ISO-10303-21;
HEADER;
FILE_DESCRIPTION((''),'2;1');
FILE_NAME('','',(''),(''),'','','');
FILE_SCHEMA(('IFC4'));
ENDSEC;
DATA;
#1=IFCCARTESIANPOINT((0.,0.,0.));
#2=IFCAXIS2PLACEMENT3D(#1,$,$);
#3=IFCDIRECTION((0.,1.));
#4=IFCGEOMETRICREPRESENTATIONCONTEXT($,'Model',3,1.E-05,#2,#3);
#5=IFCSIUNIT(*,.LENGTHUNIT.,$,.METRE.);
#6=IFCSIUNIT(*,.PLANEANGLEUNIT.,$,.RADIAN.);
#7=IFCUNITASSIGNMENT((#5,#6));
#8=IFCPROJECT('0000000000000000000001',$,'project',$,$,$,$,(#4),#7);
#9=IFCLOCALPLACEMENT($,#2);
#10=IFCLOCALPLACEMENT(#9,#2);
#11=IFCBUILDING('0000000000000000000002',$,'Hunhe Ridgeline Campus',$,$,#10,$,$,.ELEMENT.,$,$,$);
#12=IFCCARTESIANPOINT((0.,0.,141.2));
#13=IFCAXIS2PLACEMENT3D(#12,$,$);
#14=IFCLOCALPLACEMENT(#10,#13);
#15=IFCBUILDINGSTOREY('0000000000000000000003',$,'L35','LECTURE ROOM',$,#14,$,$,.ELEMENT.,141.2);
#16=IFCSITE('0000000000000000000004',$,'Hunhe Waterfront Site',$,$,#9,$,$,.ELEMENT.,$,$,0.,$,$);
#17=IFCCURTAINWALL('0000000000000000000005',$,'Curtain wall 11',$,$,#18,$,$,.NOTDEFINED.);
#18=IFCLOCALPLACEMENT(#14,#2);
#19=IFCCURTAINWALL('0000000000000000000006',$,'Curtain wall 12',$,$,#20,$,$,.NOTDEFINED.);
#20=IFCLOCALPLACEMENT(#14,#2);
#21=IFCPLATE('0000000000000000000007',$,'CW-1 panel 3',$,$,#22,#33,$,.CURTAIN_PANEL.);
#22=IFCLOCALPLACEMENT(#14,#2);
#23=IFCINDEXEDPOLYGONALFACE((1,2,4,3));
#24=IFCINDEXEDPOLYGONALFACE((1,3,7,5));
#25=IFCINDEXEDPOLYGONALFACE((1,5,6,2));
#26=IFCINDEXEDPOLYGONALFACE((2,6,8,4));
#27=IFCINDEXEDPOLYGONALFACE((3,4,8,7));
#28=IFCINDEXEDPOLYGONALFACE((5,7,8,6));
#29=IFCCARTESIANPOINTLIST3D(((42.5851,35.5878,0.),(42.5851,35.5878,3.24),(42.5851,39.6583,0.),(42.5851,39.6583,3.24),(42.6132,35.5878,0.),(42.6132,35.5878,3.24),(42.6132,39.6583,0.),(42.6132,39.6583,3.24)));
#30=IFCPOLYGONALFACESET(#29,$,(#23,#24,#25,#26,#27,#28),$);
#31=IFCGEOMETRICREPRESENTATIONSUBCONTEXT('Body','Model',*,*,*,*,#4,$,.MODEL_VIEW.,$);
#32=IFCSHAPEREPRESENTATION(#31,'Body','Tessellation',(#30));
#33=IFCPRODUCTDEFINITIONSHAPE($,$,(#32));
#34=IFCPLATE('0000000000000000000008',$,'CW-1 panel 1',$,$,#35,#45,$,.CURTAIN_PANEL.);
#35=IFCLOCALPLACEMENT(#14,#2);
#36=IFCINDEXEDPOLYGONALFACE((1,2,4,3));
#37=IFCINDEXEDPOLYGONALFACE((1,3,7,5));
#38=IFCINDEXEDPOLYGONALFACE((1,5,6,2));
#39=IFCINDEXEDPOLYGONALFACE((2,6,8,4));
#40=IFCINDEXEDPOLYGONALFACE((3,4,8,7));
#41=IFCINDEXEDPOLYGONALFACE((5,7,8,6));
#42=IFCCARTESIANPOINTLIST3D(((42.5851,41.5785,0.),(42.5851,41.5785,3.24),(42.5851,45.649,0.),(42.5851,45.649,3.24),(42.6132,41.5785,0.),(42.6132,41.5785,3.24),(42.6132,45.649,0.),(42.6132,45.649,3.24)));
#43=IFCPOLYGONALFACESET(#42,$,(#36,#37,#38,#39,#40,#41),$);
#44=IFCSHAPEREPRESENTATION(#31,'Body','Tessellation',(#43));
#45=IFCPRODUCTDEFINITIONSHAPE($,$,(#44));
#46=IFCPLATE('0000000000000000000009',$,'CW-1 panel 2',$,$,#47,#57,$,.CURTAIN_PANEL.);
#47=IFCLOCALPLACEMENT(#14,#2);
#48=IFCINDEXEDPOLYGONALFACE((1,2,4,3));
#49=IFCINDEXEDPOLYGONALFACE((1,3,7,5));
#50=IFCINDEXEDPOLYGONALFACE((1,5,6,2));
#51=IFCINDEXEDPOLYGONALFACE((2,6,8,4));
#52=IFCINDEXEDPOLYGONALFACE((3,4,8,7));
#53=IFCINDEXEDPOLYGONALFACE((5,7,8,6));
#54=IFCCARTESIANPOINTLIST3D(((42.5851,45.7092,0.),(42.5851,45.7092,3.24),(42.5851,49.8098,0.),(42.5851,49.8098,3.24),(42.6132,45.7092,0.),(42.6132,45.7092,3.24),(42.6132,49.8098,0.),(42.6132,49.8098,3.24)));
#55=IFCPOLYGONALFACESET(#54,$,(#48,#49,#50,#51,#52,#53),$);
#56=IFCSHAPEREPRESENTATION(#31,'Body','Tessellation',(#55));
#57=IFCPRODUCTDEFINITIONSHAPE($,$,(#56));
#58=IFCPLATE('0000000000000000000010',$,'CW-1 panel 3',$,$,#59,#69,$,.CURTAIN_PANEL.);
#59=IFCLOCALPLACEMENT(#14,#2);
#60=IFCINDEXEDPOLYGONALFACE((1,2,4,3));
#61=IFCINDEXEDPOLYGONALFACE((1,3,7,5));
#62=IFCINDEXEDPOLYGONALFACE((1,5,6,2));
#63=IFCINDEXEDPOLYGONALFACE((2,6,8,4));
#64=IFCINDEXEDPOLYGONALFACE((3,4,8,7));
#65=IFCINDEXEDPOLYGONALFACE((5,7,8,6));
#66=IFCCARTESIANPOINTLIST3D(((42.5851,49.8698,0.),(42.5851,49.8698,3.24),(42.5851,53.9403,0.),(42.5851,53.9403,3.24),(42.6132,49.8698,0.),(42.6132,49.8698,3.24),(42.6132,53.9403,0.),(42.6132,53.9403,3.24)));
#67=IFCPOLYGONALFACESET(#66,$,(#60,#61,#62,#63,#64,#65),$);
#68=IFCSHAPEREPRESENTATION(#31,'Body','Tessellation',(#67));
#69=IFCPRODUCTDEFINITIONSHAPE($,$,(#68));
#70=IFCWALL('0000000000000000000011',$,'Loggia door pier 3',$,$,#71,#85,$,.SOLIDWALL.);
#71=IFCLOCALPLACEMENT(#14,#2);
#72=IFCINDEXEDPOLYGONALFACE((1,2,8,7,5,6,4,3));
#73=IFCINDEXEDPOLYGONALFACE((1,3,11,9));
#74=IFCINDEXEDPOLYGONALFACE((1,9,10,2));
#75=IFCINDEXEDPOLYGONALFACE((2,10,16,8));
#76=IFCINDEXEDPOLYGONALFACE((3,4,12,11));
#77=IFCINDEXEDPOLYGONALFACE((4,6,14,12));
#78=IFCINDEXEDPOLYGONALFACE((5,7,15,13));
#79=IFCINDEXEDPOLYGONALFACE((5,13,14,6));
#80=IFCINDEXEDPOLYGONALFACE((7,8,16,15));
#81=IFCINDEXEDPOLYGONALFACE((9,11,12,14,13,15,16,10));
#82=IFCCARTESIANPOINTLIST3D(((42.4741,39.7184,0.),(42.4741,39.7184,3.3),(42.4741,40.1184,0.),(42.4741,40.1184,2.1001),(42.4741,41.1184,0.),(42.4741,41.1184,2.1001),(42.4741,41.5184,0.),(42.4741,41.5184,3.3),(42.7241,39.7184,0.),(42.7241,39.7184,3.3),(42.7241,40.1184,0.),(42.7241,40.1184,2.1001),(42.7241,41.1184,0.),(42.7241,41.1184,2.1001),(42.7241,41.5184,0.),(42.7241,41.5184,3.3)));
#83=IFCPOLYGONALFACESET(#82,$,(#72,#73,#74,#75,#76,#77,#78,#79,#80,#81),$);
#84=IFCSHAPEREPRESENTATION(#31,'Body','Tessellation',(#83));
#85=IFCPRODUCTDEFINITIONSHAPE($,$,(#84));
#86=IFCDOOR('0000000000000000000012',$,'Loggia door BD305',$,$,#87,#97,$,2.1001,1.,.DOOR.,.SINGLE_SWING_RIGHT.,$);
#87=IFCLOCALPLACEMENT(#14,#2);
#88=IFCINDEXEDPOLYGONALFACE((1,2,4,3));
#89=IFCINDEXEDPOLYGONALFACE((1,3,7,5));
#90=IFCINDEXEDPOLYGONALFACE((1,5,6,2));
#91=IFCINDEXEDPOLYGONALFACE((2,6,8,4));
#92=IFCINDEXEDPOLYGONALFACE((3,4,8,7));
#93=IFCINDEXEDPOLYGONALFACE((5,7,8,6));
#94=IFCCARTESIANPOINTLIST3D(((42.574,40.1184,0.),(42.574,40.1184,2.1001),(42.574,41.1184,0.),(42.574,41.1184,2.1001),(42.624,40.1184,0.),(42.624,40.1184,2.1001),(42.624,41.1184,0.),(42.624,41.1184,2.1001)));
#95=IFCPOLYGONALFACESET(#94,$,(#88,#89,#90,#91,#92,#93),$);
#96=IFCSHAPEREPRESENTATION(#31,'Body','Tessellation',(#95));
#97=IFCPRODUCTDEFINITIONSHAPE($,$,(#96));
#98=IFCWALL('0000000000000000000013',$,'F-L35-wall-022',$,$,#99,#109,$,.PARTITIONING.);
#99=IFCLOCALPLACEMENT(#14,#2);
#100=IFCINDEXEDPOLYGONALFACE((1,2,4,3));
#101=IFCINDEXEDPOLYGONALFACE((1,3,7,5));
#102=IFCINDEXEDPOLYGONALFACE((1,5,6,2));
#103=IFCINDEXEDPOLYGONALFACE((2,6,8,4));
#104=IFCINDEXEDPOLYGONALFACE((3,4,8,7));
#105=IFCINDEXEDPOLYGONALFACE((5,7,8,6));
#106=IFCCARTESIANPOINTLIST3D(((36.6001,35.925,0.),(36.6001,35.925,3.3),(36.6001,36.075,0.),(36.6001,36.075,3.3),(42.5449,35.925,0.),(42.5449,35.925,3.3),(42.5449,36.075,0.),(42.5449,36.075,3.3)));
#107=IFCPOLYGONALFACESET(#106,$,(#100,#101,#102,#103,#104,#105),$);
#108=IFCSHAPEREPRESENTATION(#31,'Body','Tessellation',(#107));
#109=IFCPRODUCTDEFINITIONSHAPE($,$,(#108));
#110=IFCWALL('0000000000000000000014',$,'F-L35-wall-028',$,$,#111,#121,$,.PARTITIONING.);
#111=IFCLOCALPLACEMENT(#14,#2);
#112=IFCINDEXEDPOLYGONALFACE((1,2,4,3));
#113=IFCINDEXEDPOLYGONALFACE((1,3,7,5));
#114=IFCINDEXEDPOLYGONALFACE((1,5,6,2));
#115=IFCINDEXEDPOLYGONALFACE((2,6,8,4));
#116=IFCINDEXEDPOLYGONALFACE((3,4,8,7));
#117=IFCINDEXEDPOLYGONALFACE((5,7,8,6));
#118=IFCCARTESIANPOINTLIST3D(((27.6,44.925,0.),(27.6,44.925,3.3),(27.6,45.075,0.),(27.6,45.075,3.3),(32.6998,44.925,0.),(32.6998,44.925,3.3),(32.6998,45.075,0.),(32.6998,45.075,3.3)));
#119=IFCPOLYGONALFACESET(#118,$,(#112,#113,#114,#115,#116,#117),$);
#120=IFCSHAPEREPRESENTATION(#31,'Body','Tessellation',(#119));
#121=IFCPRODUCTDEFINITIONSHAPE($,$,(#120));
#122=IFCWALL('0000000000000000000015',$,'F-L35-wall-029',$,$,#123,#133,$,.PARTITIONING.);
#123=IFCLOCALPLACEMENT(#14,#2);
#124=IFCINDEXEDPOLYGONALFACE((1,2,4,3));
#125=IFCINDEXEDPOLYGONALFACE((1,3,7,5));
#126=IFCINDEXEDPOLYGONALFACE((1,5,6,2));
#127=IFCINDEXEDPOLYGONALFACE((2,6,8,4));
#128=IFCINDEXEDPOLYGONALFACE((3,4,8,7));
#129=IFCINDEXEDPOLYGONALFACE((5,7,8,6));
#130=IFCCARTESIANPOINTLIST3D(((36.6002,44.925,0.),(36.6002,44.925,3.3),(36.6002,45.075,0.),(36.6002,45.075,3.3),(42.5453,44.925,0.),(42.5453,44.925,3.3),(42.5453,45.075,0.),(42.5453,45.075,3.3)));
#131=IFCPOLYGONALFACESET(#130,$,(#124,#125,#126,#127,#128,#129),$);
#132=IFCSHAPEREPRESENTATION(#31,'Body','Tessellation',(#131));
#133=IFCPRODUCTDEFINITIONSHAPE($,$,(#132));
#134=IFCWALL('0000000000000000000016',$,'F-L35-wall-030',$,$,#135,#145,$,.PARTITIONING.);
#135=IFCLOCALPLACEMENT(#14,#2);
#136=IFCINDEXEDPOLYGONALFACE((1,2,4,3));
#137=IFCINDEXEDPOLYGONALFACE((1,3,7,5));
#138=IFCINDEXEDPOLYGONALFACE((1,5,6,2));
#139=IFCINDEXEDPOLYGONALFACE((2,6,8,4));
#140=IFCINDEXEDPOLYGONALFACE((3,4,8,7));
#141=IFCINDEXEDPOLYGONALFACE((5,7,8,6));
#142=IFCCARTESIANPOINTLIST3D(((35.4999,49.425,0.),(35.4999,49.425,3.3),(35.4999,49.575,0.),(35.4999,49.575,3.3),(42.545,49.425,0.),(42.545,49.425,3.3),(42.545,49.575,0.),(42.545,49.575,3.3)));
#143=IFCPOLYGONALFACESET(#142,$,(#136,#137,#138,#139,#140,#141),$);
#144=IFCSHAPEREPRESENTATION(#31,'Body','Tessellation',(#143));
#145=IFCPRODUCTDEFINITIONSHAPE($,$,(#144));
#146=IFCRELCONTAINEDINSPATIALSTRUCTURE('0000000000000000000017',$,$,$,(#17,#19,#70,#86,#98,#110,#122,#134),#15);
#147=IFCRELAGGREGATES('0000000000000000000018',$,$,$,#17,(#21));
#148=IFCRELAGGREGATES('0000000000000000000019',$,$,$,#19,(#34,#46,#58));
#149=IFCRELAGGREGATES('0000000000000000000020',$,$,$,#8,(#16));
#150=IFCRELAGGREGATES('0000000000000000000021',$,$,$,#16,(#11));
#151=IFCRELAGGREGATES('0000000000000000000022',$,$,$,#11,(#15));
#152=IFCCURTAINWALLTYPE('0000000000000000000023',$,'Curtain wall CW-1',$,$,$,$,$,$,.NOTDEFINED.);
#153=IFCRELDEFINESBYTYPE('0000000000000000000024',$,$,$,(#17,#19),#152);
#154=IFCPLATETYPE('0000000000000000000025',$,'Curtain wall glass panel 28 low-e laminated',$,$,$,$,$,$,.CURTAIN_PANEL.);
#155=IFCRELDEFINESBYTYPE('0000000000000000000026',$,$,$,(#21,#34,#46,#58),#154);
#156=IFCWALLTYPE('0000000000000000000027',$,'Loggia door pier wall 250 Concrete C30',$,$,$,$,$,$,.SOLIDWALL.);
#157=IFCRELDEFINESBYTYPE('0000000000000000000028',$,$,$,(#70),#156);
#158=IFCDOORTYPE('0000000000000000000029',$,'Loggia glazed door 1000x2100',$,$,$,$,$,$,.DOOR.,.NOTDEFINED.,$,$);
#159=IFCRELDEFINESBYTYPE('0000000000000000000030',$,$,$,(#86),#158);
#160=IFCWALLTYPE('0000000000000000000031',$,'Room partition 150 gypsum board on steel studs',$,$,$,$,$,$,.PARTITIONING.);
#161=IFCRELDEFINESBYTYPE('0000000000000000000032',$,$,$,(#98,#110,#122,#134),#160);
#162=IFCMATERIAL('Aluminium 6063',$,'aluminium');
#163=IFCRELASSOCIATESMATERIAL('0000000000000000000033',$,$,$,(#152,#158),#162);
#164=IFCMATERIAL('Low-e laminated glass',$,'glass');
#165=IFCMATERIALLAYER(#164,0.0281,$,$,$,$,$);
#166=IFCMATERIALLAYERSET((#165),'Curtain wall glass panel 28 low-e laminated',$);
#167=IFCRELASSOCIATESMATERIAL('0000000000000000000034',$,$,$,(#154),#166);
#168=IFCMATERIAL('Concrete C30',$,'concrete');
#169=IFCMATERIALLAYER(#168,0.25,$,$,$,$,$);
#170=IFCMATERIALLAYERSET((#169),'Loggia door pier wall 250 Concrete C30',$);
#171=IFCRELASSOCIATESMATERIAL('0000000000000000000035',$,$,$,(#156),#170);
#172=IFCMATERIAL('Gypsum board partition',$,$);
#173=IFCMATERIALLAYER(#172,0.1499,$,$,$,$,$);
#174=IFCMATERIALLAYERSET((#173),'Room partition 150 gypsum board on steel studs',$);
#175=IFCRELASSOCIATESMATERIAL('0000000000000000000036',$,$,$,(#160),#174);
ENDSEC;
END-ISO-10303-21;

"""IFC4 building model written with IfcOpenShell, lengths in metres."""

from ifc_helpers import new_model, si_unit, direction, frame, frame_2d, origin, origin_2d, place, context, subcontext, project, spatial, rectangle, extrude, material, layer, layer_set, type_object, element, fill, aggregate, save


model = new_model("IFC4")

# Units and contexts
model_context = context("Model", 3, precision=1e-05, world=origin(), true_north=direction((0.0, 1.0)))
body_context = subcontext(model_context, "Body", "Model", "MODEL_VIEW")
ifc_project = project(units=[si_unit("LENGTHUNIT", "METRE"), si_unit("PLANEANGLEUNIT", "RADIAN")], contexts=[model_context])

# Site, building, storey
site_placement = place(None, origin())
site = spatial("IfcSite", under=ifc_project, at=site_placement, Name="Hunhe Waterfront Site", CompositionType="ELEMENT", RefElevation=0.0)
building_placement = place(site_placement, origin())
building = spatial("IfcBuilding", under=site, at=building_placement, Name="Hunhe Ridgeline Campus", CompositionType="ELEMENT")
storey_placement = place(building_placement, frame((0.0, 0.0, 141.2)))
storey = spatial("IfcBuildingStorey", under=building, at=storey_placement, Name="L35", Description="LECTURE ROOM", CompositionType="ELEMENT", Elevation=141.2)

# Curtain wall
ifc_material_1 = material(Name="Aluminium 6063", Category="aluminium")
curtain_wall_type = type_object("IfcCurtainWallType", Name="Curtain wall CW-1", PredefinedType="NOTDEFINED", material=ifc_material_1)
curtain_wall_1_placement = place(storey_placement, origin())
curtain_wall_1 = element("IfcCurtainWall", 1, at=curtain_wall_1_placement, inside=storey, type_object=curtain_wall_type, Name="Curtain wall 11", PredefinedType="NOTDEFINED")

# Curtain wall
curtain_wall_2_placement = place(storey_placement, origin())
curtain_wall_2 = element("IfcCurtainWall", 2, at=curtain_wall_2_placement, inside=storey, type_object=curtain_wall_type, Name="Curtain wall 12", PredefinedType="NOTDEFINED")

# Plates
ifc_material_2 = material(Name="Low-e laminated glass", Category="glass")
ifc_layer_1 = layer(ifc_material_2, 0.0281)
ifc_layer_set_1 = layer_set([ifc_layer_1], Name="Curtain wall glass panel 28 low-e laminated")
plate_type = type_object("IfcPlateType", Name="Curtain wall glass panel 28 low-e laminated", PredefinedType="CURTAIN_PANEL", material=ifc_layer_set_1)
plate_1_placement = place(storey_placement, frame((42.5991, 37.623, 0.0), z_axis=(0.0, 0.0, 1.0), x_axis=(0.000004, 1.0, 0.0)))
plate_1 = element("IfcPlate", 3, at=plate_1_placement, type_object=plate_type, Name="CW-1 panel 3", PredefinedType="CURTAIN_PANEL", context=body_context, shape_type="SweptSolid", body=[
    extrude(rectangle(XDim=4.0706, YDim=0.0281, at=origin_2d()), origin(), (0.0, 0.0, 1.0), 3.24),
])
aggregate(curtain_wall_1, [plate_1])
plate_2_placement = place(storey_placement, frame((42.5991, 43.6138, 0.0), z_axis=(0.0, 0.0, 1.0), x_axis=(0.000004, 1.0, 0.0)))
plate_2 = element("IfcPlate", 4, at=plate_2_placement, type_object=plate_type, Name="CW-1 panel 1", PredefinedType="CURTAIN_PANEL", context=body_context, shape_type="SweptSolid", body=[
    extrude(rectangle(XDim=4.0706, YDim=0.0281, at=origin_2d()), origin(), (0.0, 0.0, 1.0), 3.24),
])
plate_3_placement = place(storey_placement, frame((42.5991, 47.7595, 0.0), z_axis=(0.0, 0.0, 1.0), x_axis=(0.000004, 1.0, 0.0)))
plate_3 = element("IfcPlate", 5, at=plate_3_placement, type_object=plate_type, Name="CW-1 panel 2", PredefinedType="CURTAIN_PANEL", context=body_context, shape_type="SweptSolid", body=[
    extrude(rectangle(XDim=4.1006, YDim=0.0281, at=origin_2d()), origin(), (0.0, 0.0, 1.0), 3.24),
])
plate_4_placement = place(storey_placement, frame((42.5991, 51.905, 0.0), z_axis=(0.0, 0.0, 1.0), x_axis=(0.000004, 1.0, 0.0)))
plate_4 = element("IfcPlate", 6, at=plate_4_placement, type_object=plate_type, Name="CW-1 panel 3", PredefinedType="CURTAIN_PANEL", context=body_context, shape_type="SweptSolid", body=[
    extrude(rectangle(XDim=4.0706, YDim=0.0281, at=origin_2d()), origin(), (0.0, 0.0, 1.0), 3.24),
])
aggregate(curtain_wall_2, [plate_2, plate_3, plate_4])

# Shared definitions
ifc_material_3 = material(Name="Gypsum board partition")

# Wall, opening, door
ifc_material_4 = material(Name="Concrete C30", Category="concrete")
ifc_layer_2 = layer(ifc_material_4, 0.25)
ifc_layer_set_2 = layer_set([ifc_layer_2], Name="Loggia door pier wall 250 Concrete C30")
wall_type_1 = type_object("IfcWallType", Name="Loggia door pier wall 250 Concrete C30", PredefinedType="SOLIDWALL", material=ifc_layer_set_2)
wall_1_placement = place(storey_placement, frame((42.5991, 39.7185, 0.0), z_axis=(0.0, 0.0, 1.0), x_axis=(0.0, 1.0, 0.0)))
wall_1 = element("IfcWall", 7, at=wall_1_placement, inside=storey, type_object=wall_type_1, Name="Loggia door pier 3", PredefinedType="SOLIDWALL", context=body_context, shape_type="SweptSolid", body=[
    extrude(rectangle(XDim=1.8, YDim=0.25, at=frame_2d((0.8999, 0.0))), origin(), (0.0, 0.0, 1.0), 3.3),
])
opening_1_placement = place(wall_1_placement, frame((0.3999, 0.0, 0.0)))
opening_1 = element("IfcOpeningElement", 8, at=opening_1_placement, cuts=wall_1, PredefinedType="OPENING", context=body_context, shape_type="SweptSolid", body=[
    extrude(rectangle(XDim=1.0, YDim=2.1001, at=frame_2d((0.5, 1.05))), frame((0.0, 0.125, 0.0), z_axis=(0.0, -1.0, 0.0), x_axis=(1.0, 0.0, 0.0)), (0.0, 0.0, 1.0), 0.25),
])
door_type_1 = type_object("IfcDoorType", Name="Loggia glazed door 1000x2100", OperationType="NOTDEFINED", PredefinedType="DOOR", material=ifc_material_1)
door_1_placement = place(opening_1_placement, frame((1.0, 0.0, 0.0), z_axis=(0.0, 0.0, 1.0), x_axis=(-1.0, 0.0, 0.0)))
door_1 = element("IfcDoor", 9, at=door_1_placement, inside=storey, type_object=door_type_1, Name="Loggia door BD305", OperationType="SINGLE_SWING_RIGHT", OverallHeight=2.1001, OverallWidth=1.0, PredefinedType="DOOR", context=body_context, shape_type="SweptSolid", body=[
    extrude(rectangle(XDim=1.0, YDim=2.1001, at=frame_2d((0.5, 1.05))), frame((0.0, 0.0249, 0.0), z_axis=(0.0, -1.0, 0.0), x_axis=(1.0, 0.0, 0.0)), (0.0, 0.0, 1.0), 0.05),
])
fill(opening_1, door_1)

# Walls
ifc_layer_3 = layer(ifc_material_3, 0.1499)
ifc_layer_set_3 = layer_set([ifc_layer_3], Name="Room partition 150 gypsum board on steel studs")
wall_type_2 = type_object("IfcWallType", Name="Room partition 150 gypsum board on steel studs", PredefinedType="PARTITIONING", material=ifc_layer_set_3)
wall_2_placement = place(storey_placement, frame((36.6001, 36.0, 0.0), z_axis=(0.0, 0.0, 1.0), x_axis=(1.0, 0.0, 0.0)))
element("IfcWall", 10, at=wall_2_placement, inside=storey, type_object=wall_type_2, Name="F-L35-wall-022", PredefinedType="PARTITIONING", context=body_context, shape_type="SweptSolid", body=[
    extrude(rectangle(XDim=5.9448, YDim=0.1499, at=frame_2d((2.9724, 0.0))), origin(), (0.0, 0.0, 1.0), 3.3),
])
wall_3_placement = place(storey_placement, frame((27.6001, 45.0, 0.0), z_axis=(0.0, 0.0, 1.0), x_axis=(1.0, 0.0, 0.0)))
element("IfcWall", 11, at=wall_3_placement, inside=storey, type_object=wall_type_2, Name="F-L35-wall-028", PredefinedType="PARTITIONING", context=body_context, shape_type="SweptSolid", body=[
    extrude(rectangle(XDim=5.0999, YDim=0.1499, at=frame_2d((2.5498, 0.0))), origin(), (0.0, 0.0, 1.0), 3.3),
])
wall_4_placement = place(storey_placement, frame((36.6001, 45.0, 0.0), z_axis=(0.0, 0.0, 1.0), x_axis=(1.0, 0.0, 0.0)))
element("IfcWall", 12, at=wall_4_placement, inside=storey, type_object=wall_type_2, Name="F-L35-wall-029", PredefinedType="PARTITIONING", context=body_context, shape_type="SweptSolid", body=[
    extrude(rectangle(XDim=5.9451, YDim=0.1499, at=frame_2d((2.9727, 0.0))), origin(), (0.0, 0.0, 1.0), 3.3),
])
wall_5_placement = place(storey_placement, frame((35.5, 49.5, 0.0), z_axis=(0.0, 0.0, 1.0), x_axis=(1.0, 0.0, 0.0)))
element("IfcWall", 13, at=wall_5_placement, inside=storey, type_object=wall_type_2, Name="F-L35-wall-030", PredefinedType="PARTITIONING", context=body_context, shape_type="SweptSolid", body=[
    extrude(rectangle(XDim=7.0452, YDim=0.1499, at=frame_2d((3.5225, 0.0))), origin(), (0.0, 0.0, 1.0), 3.3),
])

save(model, "model.ifc")
